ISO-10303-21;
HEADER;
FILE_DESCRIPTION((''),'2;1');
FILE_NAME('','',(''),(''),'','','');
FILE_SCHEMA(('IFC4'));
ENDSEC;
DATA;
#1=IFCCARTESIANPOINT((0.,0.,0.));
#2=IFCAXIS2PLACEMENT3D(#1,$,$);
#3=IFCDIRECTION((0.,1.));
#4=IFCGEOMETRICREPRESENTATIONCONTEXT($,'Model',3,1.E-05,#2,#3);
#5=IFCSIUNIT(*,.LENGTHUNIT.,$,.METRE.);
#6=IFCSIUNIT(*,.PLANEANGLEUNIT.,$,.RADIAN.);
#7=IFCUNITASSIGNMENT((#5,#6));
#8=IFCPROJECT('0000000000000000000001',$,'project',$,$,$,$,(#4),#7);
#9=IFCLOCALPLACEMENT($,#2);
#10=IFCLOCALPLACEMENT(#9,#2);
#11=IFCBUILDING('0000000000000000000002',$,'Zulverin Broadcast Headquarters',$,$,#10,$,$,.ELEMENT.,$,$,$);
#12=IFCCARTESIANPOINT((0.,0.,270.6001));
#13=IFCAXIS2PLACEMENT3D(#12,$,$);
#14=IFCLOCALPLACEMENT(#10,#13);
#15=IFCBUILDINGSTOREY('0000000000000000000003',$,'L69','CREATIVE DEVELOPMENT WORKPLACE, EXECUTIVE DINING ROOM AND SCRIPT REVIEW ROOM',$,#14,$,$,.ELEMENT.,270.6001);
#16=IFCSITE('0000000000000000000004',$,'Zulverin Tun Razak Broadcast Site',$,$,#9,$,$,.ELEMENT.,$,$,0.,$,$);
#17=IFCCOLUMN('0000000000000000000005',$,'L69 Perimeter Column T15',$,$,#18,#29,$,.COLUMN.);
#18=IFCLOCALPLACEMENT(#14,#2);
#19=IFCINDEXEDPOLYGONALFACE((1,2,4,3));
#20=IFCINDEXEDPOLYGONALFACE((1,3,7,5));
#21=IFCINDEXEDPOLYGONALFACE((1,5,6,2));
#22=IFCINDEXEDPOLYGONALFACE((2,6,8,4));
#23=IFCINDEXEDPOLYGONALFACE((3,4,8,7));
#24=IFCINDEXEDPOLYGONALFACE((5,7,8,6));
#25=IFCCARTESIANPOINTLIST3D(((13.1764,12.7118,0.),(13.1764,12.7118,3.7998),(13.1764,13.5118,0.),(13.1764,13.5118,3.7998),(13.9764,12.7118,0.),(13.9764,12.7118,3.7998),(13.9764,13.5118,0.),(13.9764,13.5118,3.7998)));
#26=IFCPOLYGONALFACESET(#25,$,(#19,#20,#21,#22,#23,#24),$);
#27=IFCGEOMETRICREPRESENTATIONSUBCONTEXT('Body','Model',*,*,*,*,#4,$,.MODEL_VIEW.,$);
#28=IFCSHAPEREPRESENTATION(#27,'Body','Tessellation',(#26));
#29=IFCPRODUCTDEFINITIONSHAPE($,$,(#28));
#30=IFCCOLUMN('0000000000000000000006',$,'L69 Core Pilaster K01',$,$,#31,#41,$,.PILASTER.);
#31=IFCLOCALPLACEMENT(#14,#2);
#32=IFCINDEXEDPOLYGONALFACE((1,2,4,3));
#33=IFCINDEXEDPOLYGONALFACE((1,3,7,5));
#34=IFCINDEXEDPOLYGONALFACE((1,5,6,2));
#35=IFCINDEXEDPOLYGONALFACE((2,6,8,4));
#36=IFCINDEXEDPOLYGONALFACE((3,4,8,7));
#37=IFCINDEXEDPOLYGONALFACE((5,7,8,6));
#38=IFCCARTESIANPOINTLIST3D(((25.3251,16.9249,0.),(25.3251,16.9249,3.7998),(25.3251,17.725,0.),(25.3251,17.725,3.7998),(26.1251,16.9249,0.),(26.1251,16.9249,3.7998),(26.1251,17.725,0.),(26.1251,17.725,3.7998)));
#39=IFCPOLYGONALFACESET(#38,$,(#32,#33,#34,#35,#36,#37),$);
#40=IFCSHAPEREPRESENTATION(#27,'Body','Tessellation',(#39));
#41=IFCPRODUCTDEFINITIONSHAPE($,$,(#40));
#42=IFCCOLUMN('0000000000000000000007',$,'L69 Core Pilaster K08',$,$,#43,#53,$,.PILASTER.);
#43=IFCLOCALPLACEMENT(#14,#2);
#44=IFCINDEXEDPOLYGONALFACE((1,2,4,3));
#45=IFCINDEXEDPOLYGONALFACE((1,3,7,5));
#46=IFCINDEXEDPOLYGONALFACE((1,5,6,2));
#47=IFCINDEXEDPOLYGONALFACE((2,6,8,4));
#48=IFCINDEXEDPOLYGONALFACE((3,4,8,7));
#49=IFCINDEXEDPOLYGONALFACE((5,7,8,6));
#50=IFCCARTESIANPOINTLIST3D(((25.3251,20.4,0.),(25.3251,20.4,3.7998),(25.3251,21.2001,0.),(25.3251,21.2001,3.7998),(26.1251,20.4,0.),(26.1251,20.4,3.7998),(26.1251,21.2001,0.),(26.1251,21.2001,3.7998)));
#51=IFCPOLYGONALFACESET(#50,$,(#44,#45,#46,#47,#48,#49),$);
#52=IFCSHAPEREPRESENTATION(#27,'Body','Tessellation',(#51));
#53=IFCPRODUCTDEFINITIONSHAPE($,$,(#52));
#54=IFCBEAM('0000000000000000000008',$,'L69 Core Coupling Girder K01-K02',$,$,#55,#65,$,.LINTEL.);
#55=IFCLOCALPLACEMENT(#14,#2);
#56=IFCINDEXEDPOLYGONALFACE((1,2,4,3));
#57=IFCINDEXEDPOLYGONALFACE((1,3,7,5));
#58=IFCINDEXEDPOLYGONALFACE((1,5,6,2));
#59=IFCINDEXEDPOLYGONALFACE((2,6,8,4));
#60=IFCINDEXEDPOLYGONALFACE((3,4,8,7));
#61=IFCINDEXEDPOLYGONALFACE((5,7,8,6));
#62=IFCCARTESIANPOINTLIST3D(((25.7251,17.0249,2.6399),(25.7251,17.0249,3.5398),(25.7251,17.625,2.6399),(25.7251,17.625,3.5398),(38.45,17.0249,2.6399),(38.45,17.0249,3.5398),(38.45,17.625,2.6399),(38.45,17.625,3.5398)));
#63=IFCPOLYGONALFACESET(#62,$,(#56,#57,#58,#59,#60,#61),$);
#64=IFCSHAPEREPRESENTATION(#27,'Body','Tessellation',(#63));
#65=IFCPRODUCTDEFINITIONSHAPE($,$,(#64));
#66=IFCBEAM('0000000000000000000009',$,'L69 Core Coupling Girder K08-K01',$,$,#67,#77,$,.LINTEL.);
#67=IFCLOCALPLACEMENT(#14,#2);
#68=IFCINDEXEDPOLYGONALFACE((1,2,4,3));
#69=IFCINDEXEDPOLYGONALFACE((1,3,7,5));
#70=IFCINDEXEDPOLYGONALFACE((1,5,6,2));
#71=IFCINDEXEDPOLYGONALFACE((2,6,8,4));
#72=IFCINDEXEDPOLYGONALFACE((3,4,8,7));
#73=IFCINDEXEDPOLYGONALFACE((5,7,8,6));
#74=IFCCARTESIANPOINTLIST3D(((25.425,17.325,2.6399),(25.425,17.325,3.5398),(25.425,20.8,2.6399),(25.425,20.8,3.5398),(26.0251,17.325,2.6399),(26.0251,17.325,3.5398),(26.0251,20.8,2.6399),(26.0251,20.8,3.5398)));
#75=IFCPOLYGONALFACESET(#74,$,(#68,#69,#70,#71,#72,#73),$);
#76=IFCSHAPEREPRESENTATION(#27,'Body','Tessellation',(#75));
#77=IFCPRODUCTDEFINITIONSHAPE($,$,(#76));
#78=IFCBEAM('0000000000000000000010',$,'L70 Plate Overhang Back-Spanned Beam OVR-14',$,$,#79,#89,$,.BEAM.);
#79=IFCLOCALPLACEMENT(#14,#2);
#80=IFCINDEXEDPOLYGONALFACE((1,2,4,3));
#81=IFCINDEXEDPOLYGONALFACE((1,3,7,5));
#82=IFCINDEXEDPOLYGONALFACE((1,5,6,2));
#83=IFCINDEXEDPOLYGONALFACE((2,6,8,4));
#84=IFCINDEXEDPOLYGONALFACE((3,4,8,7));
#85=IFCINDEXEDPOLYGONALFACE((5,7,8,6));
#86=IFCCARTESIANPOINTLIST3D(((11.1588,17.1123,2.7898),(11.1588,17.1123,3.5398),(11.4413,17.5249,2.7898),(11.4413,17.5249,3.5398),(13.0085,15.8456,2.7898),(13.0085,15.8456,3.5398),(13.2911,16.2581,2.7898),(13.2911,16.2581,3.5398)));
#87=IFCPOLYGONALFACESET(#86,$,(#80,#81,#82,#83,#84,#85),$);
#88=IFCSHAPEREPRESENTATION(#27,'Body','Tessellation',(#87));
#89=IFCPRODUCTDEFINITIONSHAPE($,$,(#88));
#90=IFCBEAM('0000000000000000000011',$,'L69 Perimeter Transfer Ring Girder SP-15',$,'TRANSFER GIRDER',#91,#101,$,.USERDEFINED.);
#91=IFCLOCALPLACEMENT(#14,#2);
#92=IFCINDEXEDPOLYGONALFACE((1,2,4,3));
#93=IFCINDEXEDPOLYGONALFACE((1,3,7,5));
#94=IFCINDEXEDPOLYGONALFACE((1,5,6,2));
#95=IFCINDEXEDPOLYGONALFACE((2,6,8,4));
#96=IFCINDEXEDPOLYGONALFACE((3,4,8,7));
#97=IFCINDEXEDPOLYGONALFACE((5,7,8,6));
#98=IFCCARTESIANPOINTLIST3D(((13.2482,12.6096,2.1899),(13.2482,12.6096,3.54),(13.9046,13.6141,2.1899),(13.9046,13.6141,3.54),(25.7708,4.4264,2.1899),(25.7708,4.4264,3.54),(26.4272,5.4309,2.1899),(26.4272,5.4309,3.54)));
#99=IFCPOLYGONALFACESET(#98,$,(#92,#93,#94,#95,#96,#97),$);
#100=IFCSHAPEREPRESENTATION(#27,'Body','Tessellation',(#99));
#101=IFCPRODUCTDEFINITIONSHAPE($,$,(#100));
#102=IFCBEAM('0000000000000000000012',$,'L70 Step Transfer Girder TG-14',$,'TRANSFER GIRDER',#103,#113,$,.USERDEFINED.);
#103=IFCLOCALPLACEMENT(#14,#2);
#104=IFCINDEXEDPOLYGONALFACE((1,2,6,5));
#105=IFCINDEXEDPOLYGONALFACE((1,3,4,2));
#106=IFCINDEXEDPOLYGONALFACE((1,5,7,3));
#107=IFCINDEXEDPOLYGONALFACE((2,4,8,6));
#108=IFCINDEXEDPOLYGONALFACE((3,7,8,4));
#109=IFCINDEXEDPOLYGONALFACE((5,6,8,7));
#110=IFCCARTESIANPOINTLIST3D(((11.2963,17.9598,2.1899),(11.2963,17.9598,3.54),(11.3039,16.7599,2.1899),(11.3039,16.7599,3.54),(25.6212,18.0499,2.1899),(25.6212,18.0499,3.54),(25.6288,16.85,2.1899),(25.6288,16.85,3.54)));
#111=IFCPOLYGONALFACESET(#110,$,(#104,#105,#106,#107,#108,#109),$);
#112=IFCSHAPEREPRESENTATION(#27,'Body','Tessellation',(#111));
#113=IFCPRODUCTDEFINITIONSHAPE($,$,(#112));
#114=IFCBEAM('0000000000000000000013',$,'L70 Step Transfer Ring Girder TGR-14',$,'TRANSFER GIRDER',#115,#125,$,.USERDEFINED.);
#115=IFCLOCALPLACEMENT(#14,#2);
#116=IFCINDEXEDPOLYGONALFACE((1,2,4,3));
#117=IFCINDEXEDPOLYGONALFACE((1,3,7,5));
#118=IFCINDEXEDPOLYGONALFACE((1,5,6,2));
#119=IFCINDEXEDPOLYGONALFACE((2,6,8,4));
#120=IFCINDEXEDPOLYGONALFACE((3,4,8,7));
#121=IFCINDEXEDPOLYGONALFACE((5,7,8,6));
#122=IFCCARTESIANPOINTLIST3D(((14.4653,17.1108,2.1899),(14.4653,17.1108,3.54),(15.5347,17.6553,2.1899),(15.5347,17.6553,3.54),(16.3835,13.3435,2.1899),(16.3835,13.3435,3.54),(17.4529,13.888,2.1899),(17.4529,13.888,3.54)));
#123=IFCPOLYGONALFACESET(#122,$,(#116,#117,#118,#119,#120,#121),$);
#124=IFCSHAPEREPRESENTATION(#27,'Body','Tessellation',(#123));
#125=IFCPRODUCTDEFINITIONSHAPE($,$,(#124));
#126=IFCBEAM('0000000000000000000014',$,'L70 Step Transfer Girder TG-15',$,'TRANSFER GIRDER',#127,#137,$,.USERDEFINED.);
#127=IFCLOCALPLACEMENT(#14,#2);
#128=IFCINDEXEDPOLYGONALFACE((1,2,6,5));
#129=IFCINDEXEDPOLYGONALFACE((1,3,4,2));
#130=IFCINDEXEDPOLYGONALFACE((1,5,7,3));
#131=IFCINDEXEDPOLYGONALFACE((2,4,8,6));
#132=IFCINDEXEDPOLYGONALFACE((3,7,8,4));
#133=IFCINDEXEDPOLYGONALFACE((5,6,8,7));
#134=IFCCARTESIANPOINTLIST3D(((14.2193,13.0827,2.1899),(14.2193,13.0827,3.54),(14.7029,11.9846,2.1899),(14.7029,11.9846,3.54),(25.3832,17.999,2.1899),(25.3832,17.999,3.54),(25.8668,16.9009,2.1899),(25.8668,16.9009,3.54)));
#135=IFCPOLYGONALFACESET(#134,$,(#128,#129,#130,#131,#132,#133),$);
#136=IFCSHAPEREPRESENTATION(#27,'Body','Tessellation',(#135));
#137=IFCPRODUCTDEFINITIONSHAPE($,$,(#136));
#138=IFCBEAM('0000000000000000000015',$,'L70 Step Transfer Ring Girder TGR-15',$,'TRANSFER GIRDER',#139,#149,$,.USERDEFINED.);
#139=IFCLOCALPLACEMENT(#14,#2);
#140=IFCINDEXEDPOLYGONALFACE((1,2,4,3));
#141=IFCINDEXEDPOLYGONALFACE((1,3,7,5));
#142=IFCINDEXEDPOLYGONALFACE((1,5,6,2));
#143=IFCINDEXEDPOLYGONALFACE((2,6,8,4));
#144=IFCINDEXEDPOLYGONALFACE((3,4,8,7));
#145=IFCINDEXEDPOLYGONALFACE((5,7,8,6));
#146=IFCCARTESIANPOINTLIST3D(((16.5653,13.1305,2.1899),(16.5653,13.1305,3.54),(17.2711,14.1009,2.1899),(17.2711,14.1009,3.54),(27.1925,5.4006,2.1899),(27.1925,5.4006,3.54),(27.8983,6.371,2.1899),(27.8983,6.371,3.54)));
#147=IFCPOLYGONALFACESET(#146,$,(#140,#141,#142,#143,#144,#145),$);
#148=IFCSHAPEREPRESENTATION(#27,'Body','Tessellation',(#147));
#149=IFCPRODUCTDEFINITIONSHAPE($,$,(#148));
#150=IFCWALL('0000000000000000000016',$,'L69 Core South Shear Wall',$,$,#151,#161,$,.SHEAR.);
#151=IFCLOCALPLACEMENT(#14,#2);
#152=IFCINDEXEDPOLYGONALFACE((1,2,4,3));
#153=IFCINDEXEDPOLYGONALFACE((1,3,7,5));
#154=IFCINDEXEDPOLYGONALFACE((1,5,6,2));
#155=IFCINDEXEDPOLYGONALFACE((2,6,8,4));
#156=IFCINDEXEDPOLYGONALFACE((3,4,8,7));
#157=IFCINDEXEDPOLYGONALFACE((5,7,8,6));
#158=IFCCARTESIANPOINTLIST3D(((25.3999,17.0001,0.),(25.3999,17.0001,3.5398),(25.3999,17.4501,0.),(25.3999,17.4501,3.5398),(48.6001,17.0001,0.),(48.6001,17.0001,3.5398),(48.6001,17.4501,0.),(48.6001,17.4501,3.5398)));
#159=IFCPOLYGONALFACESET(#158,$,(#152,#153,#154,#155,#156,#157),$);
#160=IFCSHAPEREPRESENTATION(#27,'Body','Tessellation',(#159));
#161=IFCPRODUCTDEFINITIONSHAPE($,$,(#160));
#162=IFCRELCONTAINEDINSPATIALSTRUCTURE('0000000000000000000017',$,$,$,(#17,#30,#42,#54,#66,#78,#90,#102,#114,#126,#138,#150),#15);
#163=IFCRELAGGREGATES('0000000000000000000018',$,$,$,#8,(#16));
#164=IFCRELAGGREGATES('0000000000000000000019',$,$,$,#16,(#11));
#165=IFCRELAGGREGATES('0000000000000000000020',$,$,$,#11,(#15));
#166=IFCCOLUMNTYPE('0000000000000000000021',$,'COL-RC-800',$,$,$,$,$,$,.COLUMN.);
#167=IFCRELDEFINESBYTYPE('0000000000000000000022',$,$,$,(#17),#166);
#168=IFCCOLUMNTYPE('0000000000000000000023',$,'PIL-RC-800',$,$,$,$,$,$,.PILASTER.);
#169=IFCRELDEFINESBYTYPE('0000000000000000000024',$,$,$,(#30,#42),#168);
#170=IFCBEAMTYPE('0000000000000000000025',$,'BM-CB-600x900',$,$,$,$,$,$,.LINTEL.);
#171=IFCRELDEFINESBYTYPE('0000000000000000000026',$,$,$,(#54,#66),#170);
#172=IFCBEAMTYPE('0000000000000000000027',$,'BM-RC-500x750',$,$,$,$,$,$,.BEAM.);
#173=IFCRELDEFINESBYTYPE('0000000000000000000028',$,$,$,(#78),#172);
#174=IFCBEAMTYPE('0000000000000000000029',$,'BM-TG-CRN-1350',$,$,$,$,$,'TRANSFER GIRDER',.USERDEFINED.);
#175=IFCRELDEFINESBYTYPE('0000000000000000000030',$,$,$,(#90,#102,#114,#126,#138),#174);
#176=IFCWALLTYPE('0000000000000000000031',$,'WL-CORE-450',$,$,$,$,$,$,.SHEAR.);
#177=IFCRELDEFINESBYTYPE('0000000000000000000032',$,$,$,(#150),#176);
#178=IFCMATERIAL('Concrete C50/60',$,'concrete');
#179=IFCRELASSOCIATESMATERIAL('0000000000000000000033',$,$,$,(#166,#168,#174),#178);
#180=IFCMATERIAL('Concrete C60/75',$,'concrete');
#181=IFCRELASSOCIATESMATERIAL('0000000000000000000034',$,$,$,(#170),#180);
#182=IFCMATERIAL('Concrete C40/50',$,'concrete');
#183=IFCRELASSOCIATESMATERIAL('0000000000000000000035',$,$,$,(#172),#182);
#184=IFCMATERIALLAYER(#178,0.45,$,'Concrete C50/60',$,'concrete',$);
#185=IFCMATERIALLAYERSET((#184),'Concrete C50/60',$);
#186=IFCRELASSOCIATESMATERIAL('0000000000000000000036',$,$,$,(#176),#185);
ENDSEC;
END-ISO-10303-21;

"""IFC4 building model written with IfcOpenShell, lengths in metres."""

from ifc_helpers import new_model, si_unit, direction, frame, frame_2d, origin, origin_2d, place, context, subcontext, project, spatial, rectangle, extrude, material, layer, layer_set, material_profile, profile_set, type_object, element, save


model = new_model("IFC4")

# Units and contexts
model_context = context("Model", 3, precision=1e-05, world=origin(), true_north=direction((0.0, 1.0)))
body_context = subcontext(model_context, "Body", "Model", "MODEL_VIEW")
ifc_project = project(units=[si_unit("LENGTHUNIT", "METRE"), si_unit("PLANEANGLEUNIT", "RADIAN")], contexts=[model_context])

# Site, building, storey
site_placement = place(None, origin())
site = spatial("IfcSite", under=ifc_project, at=site_placement, Name="Zulverin Tun Razak Broadcast Site", CompositionType="ELEMENT", RefElevation=0.0)
building_placement = place(site_placement, origin())
building = spatial("IfcBuilding", under=site, at=building_placement, Name="Zulverin Broadcast Headquarters", CompositionType="ELEMENT")
storey_placement = place(building_placement, frame((0.0, 0.0, 270.6001)))
storey = spatial("IfcBuildingStorey", under=building, at=storey_placement, Name="L69", Description="CREATIVE DEVELOPMENT WORKPLACE, EXECUTIVE DINING ROOM AND SCRIPT REVIEW ROOM", CompositionType="ELEMENT", Elevation=270.6001)

# Columns
ifc_material_1 = material(Name="Concrete C50/60", Category="concrete")
ifc_material_profile_1 = material_profile(ifc_material_1, rectangle(XDim=0.8, YDim=0.8, at=origin_2d()), Name="Concrete C50/60", Category="concrete")
ifc_profile_set_1 = profile_set([ifc_material_profile_1], Name="Concrete C50/60")
column_type_1 = type_object("IfcColumnType", Name="COL-RC-800", PredefinedType="COLUMN", material=ifc_profile_set_1)
column_placement = place(storey_placement, frame((13.5764, 13.1118, 0.0), z_axis=(0.0, 0.0, 1.0), x_axis=(1.0, 0.0, 0.0)))
element("IfcColumn", 1, at=column_placement, inside=storey, type_object=column_type_1, Name="L69 Perimeter Column T15", PredefinedType="COLUMN", context=body_context, shape_type="SweptSolid", body=[
    extrude(rectangle(XDim=0.8, YDim=0.8, at=origin_2d()), origin(), (0.0, 0.0, 1.0), 3.7998),
])
ifc_material_profile_2 = material_profile(ifc_material_1, rectangle(XDim=0.8, YDim=0.8, at=origin_2d()), Name="Concrete C50/60", Category="concrete")
ifc_profile_set_2 = profile_set([ifc_material_profile_2], Name="Concrete C50/60")
column_type_2 = type_object("IfcColumnType", Name="PIL-RC-800", PredefinedType="PILASTER", material=ifc_profile_set_2)
for number, where, z_axis, x_axis, name in (
    (2, (25.7251, 17.325, 0.0), (0.0, 0.0, 1.0), (1.0, 0.0, 0.0), "L69 Core Pilaster K01"),
    (3, (25.7251, 20.8, 0.0), (0.0, 0.0, 1.0), (1.0, 0.0, 0.0), "L69 Core Pilaster K08"),
):
    element("IfcColumn", number, at=place(storey_placement, frame(where, z_axis=z_axis, x_axis=x_axis)), inside=storey, type_object=column_type_2, Name=name, PredefinedType="PILASTER", context=body_context, shape_type="SweptSolid", body=[
        extrude(rectangle(XDim=0.8, YDim=0.8, at=origin_2d()), origin(), (0.0, 0.0, 1.0), 3.7998),
    ])

# Beams
ifc_material_2 = material(Name="Concrete C60/75", Category="concrete")
ifc_material_profile_3 = material_profile(ifc_material_2, rectangle(XDim=0.6001, YDim=0.8999, at=origin_2d()), Name="Concrete C60/75", Category="concrete")
ifc_profile_set_3 = profile_set([ifc_material_profile_3], Name="Concrete C60/75")
beam_type_1 = type_object("IfcBeamType", Name="BM-CB-600x900", PredefinedType="LINTEL", material=ifc_profile_set_3)
beam_1_placement = place(storey_placement, frame((25.7251, 17.325, 3.0898), z_axis=(1.0, 0.0, 0.0), x_axis=(0.0, 1.0, 0.0)))
element("IfcBeam", 4, at=beam_1_placement, inside=storey, type_object=beam_type_1, Name="L69 Core Coupling Girder K01-K02", PredefinedType="LINTEL", context=body_context, shape_type="SweptSolid", body=[
    extrude(rectangle(XDim=0.6001, YDim=0.8999, at=origin_2d()), origin(), (0.0, 0.0, 1.0), 12.7249),
])
beam_2_placement = place(storey_placement, frame((25.7251, 20.8, 3.0898), z_axis=(0.0, -1.0, 0.0), x_axis=(1.0, 0.0, 0.0)))
element("IfcBeam", 5, at=beam_2_placement, inside=storey, type_object=beam_type_1, Name="L69 Core Coupling Girder K08-K01", PredefinedType="LINTEL", context=body_context, shape_type="SweptSolid", body=[
    extrude(rectangle(XDim=0.6001, YDim=0.8999, at=origin_2d()), origin(), (0.0, 0.0, 1.0), 3.4751),
])
ifc_material_3 = material(Name="Concrete C40/50", Category="concrete")
ifc_material_profile_4 = material_profile(ifc_material_3, rectangle(XDim=0.5, YDim=0.75, at=origin_2d()), Name="Concrete C40/50", Category="concrete")
ifc_profile_set_4 = profile_set([ifc_material_profile_4], Name="Concrete C40/50")
beam_type_2 = type_object("IfcBeamType", Name="BM-RC-500x750", PredefinedType="BEAM", material=ifc_profile_set_4)
beam_3_placement = place(storey_placement, frame((11.3, 17.3186, 3.1648), z_axis=(0.825067, -0.565035, 0.0), x_axis=(0.565035, 0.825067, 0.0)))
element("IfcBeam", 6, at=beam_3_placement, inside=storey, type_object=beam_type_2, Name="L70 Plate Overhang Back-Spanned Beam OVR-14", PredefinedType="BEAM", context=body_context, shape_type="SweptSolid", body=[
    extrude(rectangle(XDim=0.5, YDim=0.75, at=origin_2d()), origin(), (0.0, 0.0, 1.0), 2.2419),
])
ifc_material_profile_5 = material_profile(ifc_material_1, rectangle(XDim=1.2, YDim=1.3501, at=origin_2d()), Name="Concrete C50/60", Category="concrete")
ifc_profile_set_5 = profile_set([ifc_material_profile_5], Name="Concrete C50/60")
beam_type_3 = type_object("IfcBeamType", Name="BM-TG-CRN-1350", ElementType="TRANSFER GIRDER", PredefinedType="USERDEFINED", material=ifc_profile_set_5)
beam_4_placement = place(storey_placement, frame((13.5764, 13.1118, 2.865), z_axis=(0.837112, -0.547031, 0.0), x_axis=(0.547031, 0.837112, 0.0)))
element("IfcBeam", 7, at=beam_4_placement, inside=storey, type_object=beam_type_3, Name="L69 Perimeter Transfer Ring Girder SP-15", ObjectType="TRANSFER GIRDER", PredefinedType="USERDEFINED", context=body_context, shape_type="SweptSolid", body=[
    extrude(rectangle(XDim=1.2, YDim=1.3501, at=origin_2d()), origin(), (0.0, 0.0, 1.0), 14.9592),
])
beam_5_placement = place(storey_placement, frame((25.625, 17.45, 2.865), z_axis=(-0.99998, -0.006289, 0.0), x_axis=(0.006289, -0.99998, 0.0)))
element("IfcBeam", 8, at=beam_5_placement, inside=storey, type_object=beam_type_3, Name="L70 Step Transfer Girder TG-14", ObjectType="TRANSFER GIRDER", PredefinedType="USERDEFINED", context=body_context, shape_type="SweptSolid", body=[
    extrude(rectangle(XDim=1.2, YDim=1.3501, at=origin_2d()), origin(), (0.0, 0.0, 1.0), 14.3252),
])
beam_6_placement = place(storey_placement, frame((15.0, 17.3831, 2.865), z_axis=(0.453739, -0.891135, 0.0), x_axis=(0.891135, 0.453739, 0.0)))
element("IfcBeam", 9, at=beam_6_placement, inside=storey, type_object=beam_type_3, Name="L70 Step Transfer Ring Girder TGR-14", ObjectType="TRANSFER GIRDER", PredefinedType="USERDEFINED", context=body_context, shape_type="SweptSolid", body=[
    extrude(rectangle(XDim=1.2, YDim=1.3501, at=origin_2d()), origin(), (0.0, 0.0, 1.0), 4.2275),
])
beam_7_placement = place(storey_placement, frame((25.625, 17.45, 2.865), z_axis=(-0.915189, -0.403026, 0.0), x_axis=(0.403026, -0.915189, 0.0)))
element("IfcBeam", 10, at=beam_7_placement, inside=storey, type_object=beam_type_3, Name="L70 Step Transfer Girder TG-15", ObjectType="TRANSFER GIRDER", PredefinedType="USERDEFINED", context=body_context, shape_type="SweptSolid", body=[
    extrude(rectangle(XDim=1.2, YDim=1.3501, at=origin_2d()), origin(), (0.0, 0.0, 1.0), 12.1985),
])
beam_8_placement = place(storey_placement, frame((16.9182, 13.6157, 2.865), z_axis=(0.808696, -0.588227, 0.0), x_axis=(0.588227, 0.808696, 0.0)))
element("IfcBeam", 11, at=beam_8_placement, inside=storey, type_object=beam_type_3, Name="L70 Step Transfer Ring Girder TGR-15", ObjectType="TRANSFER GIRDER", PredefinedType="USERDEFINED", context=body_context, shape_type="SweptSolid", body=[
    extrude(rectangle(XDim=1.2, YDim=1.3501, at=origin_2d()), origin(), (0.0, 0.0, 1.0), 13.1411),
])

# Wall
ifc_layer_1 = layer(ifc_material_1, 0.45, Name="Concrete C50/60", Category="concrete")
ifc_layer_set_1 = layer_set([ifc_layer_1], Name="Concrete C50/60")
wall_type_1 = type_object("IfcWallType", Name="WL-CORE-450", PredefinedType="SHEAR", material=ifc_layer_set_1)
wall_1_placement = place(storey_placement, frame((25.3999, 17.2251, 0.0), z_axis=(0.0, 0.0, 1.0), x_axis=(1.0, 0.0, 0.0)))
element("IfcWall", 12, at=wall_1_placement, inside=storey, type_object=wall_type_1, Name="L69 Core South Shear Wall", PredefinedType="SHEAR", context=body_context, shape_type="SweptSolid", body=[
    extrude(rectangle(XDim=23.2002, YDim=0.45, at=frame_2d((11.6001, 0.0))), origin(), (0.0, 0.0, 1.0), 3.5398),
])

save(model, "model.ifc")
